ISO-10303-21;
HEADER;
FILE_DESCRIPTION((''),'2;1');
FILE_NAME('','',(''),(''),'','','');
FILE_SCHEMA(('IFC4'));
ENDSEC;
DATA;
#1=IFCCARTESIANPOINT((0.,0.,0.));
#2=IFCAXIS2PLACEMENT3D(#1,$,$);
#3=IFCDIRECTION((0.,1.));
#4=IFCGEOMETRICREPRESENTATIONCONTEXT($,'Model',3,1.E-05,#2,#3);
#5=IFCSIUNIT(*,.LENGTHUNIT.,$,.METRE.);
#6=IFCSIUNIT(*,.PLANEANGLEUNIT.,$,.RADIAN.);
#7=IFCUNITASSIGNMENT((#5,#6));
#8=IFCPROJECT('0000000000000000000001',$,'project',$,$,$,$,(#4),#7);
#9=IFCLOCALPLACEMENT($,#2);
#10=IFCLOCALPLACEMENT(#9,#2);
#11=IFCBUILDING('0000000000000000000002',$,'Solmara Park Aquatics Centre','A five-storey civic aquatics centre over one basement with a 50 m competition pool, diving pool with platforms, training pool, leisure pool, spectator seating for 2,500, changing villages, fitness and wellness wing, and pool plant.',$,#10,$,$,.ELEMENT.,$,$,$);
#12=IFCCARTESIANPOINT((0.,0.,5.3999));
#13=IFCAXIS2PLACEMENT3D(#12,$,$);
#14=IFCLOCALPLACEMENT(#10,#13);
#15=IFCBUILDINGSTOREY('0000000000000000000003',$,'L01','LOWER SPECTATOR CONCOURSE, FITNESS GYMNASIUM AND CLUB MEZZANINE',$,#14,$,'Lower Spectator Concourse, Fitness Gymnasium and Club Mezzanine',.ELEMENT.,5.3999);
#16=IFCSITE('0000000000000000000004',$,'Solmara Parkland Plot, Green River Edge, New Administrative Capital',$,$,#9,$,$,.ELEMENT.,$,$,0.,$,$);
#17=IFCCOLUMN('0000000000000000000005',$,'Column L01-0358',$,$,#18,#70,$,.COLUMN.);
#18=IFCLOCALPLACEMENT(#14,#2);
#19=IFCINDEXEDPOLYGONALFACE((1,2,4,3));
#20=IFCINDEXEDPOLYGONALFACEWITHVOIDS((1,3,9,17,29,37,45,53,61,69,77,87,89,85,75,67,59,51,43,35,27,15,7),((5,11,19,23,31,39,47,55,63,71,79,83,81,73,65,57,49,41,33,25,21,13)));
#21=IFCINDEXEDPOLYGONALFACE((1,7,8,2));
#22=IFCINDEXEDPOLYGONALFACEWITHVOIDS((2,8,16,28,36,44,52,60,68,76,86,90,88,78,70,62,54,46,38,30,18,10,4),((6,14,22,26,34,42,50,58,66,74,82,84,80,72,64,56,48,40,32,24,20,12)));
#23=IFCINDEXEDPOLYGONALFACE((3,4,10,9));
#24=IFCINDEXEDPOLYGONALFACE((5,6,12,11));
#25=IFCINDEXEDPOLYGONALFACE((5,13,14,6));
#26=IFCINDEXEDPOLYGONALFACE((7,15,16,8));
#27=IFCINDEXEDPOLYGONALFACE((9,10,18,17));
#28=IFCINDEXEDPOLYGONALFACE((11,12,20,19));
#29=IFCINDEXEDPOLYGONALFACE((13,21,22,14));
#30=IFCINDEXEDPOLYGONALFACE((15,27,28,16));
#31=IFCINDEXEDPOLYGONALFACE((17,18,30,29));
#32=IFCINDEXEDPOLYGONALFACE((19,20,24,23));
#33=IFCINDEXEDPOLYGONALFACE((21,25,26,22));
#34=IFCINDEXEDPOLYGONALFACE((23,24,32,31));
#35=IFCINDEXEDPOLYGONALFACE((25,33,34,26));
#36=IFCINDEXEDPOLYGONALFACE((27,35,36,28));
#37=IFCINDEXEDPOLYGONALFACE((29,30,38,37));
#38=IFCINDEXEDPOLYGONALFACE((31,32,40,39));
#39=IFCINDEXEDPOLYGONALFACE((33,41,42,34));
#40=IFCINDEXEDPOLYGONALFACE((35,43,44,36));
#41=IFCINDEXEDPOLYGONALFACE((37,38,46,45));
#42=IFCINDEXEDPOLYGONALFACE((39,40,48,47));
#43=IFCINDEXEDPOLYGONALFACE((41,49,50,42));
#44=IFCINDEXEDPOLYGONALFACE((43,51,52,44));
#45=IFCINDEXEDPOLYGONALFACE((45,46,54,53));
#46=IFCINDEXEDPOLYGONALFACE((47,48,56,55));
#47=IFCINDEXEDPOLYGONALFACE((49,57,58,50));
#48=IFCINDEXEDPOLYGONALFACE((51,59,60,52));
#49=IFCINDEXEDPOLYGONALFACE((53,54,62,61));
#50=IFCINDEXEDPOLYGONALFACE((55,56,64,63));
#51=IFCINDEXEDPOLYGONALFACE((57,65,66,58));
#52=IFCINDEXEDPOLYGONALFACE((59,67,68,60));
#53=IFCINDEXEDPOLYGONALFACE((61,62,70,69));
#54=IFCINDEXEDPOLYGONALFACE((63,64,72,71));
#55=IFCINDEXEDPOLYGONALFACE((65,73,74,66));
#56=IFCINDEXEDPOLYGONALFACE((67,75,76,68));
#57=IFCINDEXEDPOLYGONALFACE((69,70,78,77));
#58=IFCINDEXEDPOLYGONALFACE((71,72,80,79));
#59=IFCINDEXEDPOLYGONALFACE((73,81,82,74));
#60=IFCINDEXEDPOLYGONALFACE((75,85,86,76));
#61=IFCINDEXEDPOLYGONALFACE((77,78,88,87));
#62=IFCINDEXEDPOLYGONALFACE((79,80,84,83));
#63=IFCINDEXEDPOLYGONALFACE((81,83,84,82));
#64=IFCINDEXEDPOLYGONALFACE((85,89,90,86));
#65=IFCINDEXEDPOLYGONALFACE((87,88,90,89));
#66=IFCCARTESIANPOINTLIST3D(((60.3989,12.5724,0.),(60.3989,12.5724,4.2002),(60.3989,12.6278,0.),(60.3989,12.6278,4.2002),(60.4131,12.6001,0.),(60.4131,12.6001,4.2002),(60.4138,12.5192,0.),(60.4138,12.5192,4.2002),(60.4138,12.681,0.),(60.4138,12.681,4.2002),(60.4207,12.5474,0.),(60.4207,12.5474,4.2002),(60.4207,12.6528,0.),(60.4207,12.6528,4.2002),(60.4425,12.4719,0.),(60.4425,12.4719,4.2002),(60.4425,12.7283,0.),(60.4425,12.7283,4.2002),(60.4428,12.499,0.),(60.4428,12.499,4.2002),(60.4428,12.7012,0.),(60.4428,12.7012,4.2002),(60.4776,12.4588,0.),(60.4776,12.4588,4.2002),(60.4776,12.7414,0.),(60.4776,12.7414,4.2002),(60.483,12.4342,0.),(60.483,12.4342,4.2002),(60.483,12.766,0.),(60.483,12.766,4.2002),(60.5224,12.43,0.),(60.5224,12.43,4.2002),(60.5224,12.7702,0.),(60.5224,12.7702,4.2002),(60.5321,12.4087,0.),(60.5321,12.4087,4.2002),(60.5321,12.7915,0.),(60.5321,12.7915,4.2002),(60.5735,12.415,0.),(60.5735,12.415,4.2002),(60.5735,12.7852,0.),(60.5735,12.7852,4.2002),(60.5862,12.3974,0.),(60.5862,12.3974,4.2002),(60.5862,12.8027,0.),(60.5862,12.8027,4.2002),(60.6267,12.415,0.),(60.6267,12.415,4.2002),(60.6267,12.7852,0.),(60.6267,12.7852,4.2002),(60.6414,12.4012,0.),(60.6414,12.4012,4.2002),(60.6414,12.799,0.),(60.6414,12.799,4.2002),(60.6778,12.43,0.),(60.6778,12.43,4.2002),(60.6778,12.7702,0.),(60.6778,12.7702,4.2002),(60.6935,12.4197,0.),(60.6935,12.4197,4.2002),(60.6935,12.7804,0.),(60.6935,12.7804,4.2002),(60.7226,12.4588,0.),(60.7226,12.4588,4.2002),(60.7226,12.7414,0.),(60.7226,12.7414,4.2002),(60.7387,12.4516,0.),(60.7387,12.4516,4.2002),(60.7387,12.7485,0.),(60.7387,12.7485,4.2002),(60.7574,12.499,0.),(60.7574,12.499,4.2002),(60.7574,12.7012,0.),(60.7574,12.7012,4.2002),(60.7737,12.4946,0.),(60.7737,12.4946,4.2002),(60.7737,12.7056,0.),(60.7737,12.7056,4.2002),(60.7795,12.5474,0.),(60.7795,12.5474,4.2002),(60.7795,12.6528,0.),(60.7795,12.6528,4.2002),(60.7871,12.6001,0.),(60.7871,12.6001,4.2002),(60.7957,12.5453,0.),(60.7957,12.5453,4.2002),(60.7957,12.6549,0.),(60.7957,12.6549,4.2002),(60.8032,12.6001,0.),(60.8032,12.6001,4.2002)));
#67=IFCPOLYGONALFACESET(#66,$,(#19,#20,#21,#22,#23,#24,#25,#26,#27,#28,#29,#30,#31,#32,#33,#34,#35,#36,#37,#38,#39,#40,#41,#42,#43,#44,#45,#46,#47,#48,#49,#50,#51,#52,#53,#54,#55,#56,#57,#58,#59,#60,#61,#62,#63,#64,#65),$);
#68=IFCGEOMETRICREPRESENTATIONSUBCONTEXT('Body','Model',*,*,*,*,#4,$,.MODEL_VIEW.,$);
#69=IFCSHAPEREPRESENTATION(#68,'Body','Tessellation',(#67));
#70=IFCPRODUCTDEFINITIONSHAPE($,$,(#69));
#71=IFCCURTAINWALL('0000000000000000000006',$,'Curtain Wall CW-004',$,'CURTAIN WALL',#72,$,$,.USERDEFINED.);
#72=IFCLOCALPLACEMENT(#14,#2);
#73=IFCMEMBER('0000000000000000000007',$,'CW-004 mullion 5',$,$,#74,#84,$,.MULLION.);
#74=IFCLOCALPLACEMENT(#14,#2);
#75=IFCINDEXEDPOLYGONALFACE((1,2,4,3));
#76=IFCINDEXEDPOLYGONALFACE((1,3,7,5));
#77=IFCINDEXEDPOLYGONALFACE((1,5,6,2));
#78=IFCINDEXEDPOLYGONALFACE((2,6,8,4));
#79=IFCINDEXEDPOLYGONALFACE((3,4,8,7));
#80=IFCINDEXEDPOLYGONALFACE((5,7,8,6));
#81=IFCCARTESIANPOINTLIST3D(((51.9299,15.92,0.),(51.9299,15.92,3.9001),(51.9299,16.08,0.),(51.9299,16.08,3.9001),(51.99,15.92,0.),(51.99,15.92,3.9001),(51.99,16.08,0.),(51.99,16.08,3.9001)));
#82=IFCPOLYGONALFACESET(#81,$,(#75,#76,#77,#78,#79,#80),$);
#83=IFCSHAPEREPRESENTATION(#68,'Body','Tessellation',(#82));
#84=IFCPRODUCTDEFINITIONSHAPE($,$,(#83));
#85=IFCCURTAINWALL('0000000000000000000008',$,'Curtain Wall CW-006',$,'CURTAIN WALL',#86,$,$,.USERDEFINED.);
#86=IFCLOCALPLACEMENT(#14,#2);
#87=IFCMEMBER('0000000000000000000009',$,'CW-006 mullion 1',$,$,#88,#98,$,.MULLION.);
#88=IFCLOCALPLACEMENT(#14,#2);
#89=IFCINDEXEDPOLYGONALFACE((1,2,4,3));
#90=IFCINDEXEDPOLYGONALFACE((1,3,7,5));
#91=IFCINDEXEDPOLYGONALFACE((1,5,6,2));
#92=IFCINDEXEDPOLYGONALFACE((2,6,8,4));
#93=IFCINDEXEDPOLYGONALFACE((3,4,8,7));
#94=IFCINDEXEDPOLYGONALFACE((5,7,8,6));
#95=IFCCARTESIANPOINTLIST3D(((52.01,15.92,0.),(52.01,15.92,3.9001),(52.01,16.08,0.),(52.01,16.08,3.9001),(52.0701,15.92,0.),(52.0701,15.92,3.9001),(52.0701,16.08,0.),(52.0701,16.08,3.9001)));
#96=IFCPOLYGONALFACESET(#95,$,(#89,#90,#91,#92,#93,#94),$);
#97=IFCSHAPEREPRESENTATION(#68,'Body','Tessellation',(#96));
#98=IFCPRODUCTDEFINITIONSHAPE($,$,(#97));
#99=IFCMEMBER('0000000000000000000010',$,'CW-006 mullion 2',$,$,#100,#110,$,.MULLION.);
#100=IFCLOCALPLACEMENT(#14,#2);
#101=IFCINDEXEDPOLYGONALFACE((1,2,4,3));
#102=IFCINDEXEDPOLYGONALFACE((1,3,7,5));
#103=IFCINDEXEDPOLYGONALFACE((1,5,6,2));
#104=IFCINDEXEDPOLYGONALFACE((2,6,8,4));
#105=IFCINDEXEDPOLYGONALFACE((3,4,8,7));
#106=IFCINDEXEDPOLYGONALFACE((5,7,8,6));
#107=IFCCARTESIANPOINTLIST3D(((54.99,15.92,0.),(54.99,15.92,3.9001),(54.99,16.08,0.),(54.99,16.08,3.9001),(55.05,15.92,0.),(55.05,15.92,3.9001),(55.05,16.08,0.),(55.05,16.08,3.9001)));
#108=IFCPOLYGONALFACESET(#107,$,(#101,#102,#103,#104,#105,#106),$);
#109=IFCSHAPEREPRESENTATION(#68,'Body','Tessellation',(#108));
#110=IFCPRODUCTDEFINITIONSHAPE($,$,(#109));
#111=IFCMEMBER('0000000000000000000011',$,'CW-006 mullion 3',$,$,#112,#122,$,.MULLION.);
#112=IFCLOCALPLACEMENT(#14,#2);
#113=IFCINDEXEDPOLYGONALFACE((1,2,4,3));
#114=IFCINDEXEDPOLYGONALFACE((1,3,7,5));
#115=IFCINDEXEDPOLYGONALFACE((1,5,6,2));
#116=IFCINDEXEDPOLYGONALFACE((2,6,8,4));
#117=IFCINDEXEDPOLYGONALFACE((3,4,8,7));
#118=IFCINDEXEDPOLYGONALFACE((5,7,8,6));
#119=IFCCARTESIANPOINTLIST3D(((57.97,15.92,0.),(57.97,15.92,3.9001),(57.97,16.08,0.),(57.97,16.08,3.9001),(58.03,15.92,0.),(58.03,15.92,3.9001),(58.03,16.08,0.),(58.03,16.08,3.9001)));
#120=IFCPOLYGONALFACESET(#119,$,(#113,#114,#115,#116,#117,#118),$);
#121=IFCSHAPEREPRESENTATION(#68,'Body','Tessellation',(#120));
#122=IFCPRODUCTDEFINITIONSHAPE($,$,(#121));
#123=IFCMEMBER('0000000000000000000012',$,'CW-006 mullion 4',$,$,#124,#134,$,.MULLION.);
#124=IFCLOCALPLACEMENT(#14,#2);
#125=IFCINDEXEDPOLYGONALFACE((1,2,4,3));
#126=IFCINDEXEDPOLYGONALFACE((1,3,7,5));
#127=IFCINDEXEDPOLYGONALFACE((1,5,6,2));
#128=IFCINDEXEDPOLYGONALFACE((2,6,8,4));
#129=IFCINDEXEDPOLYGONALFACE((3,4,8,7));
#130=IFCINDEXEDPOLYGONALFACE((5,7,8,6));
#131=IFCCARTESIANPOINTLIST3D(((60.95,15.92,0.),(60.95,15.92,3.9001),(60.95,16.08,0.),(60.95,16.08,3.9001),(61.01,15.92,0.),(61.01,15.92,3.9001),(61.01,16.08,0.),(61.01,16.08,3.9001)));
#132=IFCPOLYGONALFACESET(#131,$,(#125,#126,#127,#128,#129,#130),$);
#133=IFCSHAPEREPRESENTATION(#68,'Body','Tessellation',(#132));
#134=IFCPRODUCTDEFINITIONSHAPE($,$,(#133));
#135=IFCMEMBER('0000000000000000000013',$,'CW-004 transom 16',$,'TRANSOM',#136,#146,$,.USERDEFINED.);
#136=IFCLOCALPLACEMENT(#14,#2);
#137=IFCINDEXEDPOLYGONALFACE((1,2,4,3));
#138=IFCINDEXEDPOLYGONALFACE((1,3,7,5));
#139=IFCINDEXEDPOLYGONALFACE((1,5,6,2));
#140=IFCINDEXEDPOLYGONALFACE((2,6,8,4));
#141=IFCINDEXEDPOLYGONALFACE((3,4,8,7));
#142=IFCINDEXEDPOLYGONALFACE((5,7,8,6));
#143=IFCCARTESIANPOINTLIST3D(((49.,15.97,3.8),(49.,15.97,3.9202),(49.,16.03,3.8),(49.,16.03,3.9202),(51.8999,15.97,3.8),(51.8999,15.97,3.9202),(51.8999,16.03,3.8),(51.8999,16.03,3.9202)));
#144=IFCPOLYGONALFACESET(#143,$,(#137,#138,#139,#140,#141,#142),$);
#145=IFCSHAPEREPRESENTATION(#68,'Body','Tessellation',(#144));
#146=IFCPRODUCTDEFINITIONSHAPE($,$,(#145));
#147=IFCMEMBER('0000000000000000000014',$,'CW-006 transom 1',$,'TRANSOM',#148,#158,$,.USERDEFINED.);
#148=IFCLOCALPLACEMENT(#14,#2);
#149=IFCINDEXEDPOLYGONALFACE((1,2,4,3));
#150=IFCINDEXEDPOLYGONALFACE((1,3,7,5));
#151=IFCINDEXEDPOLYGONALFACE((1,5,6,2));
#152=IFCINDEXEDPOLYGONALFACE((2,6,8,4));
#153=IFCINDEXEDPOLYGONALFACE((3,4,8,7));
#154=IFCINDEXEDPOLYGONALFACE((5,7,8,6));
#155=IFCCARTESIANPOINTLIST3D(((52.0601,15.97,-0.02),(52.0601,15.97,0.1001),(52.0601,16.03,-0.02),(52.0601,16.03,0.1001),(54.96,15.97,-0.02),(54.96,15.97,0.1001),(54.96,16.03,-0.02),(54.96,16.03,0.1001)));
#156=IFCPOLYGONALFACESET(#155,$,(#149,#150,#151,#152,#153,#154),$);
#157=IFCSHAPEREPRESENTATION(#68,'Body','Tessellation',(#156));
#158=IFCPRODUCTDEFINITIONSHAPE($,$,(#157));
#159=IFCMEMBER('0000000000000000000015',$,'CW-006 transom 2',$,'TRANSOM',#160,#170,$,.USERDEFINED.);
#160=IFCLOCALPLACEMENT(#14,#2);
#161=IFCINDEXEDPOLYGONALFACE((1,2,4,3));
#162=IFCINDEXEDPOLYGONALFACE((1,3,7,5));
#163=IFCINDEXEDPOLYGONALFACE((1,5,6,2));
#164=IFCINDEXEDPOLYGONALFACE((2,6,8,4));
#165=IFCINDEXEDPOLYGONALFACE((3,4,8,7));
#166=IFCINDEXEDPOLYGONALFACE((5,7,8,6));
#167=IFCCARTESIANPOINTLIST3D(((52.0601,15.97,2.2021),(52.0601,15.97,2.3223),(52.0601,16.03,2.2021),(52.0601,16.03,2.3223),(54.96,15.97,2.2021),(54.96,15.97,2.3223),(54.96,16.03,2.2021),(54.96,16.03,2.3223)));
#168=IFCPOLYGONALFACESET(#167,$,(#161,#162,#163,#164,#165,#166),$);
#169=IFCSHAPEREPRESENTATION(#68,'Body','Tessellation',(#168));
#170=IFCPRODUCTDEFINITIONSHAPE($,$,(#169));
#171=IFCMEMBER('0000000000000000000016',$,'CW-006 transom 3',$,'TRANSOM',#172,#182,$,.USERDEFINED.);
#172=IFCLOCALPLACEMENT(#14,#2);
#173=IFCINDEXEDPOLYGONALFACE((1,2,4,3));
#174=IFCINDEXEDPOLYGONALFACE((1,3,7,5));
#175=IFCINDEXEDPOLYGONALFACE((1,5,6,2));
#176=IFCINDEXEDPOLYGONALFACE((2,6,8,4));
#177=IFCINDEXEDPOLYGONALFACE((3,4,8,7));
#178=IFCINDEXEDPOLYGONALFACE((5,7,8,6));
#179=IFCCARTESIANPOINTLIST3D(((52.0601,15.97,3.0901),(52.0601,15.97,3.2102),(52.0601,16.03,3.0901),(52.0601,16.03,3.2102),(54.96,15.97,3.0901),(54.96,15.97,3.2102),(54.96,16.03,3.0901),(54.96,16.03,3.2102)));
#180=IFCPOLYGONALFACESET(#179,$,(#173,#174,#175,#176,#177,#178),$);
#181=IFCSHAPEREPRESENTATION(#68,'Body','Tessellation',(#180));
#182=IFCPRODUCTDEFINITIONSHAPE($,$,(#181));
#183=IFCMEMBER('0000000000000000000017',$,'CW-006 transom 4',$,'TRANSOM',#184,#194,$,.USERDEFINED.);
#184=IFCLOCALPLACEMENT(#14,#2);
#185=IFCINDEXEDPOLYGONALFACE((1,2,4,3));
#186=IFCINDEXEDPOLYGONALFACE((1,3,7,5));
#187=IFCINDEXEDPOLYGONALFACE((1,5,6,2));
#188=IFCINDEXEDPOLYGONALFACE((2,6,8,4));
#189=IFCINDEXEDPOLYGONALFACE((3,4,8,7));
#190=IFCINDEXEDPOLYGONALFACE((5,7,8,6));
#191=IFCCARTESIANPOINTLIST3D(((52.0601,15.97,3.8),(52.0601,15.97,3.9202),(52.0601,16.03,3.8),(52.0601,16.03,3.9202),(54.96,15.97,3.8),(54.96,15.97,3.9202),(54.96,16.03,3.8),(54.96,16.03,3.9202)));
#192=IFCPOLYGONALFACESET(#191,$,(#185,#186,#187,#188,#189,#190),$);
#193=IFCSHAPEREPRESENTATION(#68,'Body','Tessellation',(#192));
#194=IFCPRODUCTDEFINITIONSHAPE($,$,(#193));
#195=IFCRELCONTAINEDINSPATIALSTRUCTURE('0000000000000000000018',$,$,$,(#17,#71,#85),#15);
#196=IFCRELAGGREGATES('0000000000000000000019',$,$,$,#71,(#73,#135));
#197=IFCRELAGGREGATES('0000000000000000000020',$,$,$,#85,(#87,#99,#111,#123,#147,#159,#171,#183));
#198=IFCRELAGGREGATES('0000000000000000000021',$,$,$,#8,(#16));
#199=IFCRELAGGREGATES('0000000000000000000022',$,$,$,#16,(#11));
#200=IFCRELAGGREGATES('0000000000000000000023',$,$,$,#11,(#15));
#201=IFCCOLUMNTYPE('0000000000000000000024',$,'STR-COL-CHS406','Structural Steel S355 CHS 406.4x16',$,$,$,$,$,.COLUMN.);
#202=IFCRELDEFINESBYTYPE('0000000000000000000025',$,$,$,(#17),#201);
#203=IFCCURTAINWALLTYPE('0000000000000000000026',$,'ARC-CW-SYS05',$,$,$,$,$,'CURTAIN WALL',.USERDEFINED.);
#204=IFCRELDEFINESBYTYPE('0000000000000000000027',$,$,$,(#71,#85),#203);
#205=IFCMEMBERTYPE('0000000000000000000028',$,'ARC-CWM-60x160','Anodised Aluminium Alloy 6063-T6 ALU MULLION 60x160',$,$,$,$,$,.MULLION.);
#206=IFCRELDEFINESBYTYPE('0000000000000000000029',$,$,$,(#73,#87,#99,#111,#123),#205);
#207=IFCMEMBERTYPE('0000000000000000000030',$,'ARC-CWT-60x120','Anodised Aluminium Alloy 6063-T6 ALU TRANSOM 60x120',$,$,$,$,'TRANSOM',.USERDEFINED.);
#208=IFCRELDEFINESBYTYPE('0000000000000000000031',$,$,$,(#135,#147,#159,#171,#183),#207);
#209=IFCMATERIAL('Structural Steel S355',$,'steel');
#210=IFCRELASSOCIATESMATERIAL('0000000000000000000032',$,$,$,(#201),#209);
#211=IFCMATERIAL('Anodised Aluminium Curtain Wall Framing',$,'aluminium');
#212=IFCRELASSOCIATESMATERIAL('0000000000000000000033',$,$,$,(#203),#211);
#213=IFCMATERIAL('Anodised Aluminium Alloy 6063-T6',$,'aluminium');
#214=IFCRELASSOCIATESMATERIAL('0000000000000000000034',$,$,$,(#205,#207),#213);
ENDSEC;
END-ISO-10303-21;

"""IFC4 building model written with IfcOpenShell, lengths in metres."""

from ifc_helpers import new_model, si_unit, direction, frame, origin, origin_2d, place, context, subcontext, project, spatial, rectangle, hollow_circle, extrude, material, material_profile, profile_set, type_object, element, aggregate, save


model = new_model("IFC4")

# Units and contexts
model_context = context("Model", 3, precision=1e-05, world=origin(), true_north=direction((0.0, 1.0)))
body_context = subcontext(model_context, "Body", "Model", "MODEL_VIEW")
ifc_project = project(units=[si_unit("LENGTHUNIT", "METRE"), si_unit("PLANEANGLEUNIT", "RADIAN")], contexts=[model_context])

# Site, building, storey
site_placement = place(None, origin())
site = spatial("IfcSite", under=ifc_project, at=site_placement, Name="Solmara Parkland Plot, Green River Edge, New Administrative Capital", CompositionType="ELEMENT", RefElevation=0.0)
building_placement = place(site_placement, origin())
building = spatial("IfcBuilding", under=site, at=building_placement, Name="Solmara Park Aquatics Centre", Description="A five-storey civic aquatics centre over one basement with a 50 m competition pool, diving pool with platforms, training pool, leisure pool, spectator seating for 2,500, changing villages, fitness and wellness wing, and pool plant.", CompositionType="ELEMENT")
storey_placement = place(building_placement, frame((0.0, 0.0, 5.3999)))
storey = spatial("IfcBuildingStorey", under=building, at=storey_placement, Name="L01", Description="LOWER SPECTATOR CONCOURSE, FITNESS GYMNASIUM AND CLUB MEZZANINE", LongName="Lower Spectator Concourse, Fitness Gymnasium and Club Mezzanine", CompositionType="ELEMENT", Elevation=5.3999)

# Column
ifc_material_1 = material(Name="Structural Steel S355", Category="steel")
ifc_material_profile_1 = material_profile(ifc_material_1, hollow_circle(Radius=0.2031, WallThickness=0.0161, at=origin_2d()), Name="CHS 406.4x16")
ifc_profile_set_1 = profile_set([ifc_material_profile_1], Name="Structural Steel S355")
column_type = type_object("IfcColumnType", Name="STR-COL-CHS406", Description="Structural Steel S355 CHS 406.4x16", PredefinedType="COLUMN", material=ifc_profile_set_1)
column_placement = place(storey_placement, frame((60.6001, 12.6001, 0.0), z_axis=(0.0, 0.0, 1.0), x_axis=(1.0, 0.0, 0.0)))
element("IfcColumn", 1, at=column_placement, inside=storey, type_object=column_type, Name="Column L01-0358", PredefinedType="COLUMN", context=body_context, shape_type="SweptSolid", body=[
    extrude(hollow_circle(Radius=0.2031, WallThickness=0.0161, at=origin_2d()), origin(), (0.0, 0.0, 1.0), 4.2002),
])

# Curtain wall, member
ifc_material_2 = material(Name="Anodised Aluminium Curtain Wall Framing", Category="aluminium")
curtain_wall_type = type_object("IfcCurtainWallType", Name="ARC-CW-SYS05", ElementType="CURTAIN WALL", PredefinedType="USERDEFINED", material=ifc_material_2)
curtain_wall_1_placement = place(storey_placement, origin())
curtain_wall_1 = element("IfcCurtainWall", 2, at=curtain_wall_1_placement, inside=storey, type_object=curtain_wall_type, Name="Curtain Wall CW-004", ObjectType="CURTAIN WALL", PredefinedType="USERDEFINED")
ifc_material_3 = material(Name="Anodised Aluminium Alloy 6063-T6", Category="aluminium")
ifc_material_profile_2 = material_profile(ifc_material_3, rectangle(XDim=0.0601, YDim=0.1599, at=origin_2d()), Name="ALU MULLION 60x160")
ifc_profile_set_2 = profile_set([ifc_material_profile_2], Name="Anodised Aluminium Alloy 6063-T6")
member_type_1 = type_object("IfcMemberType", Name="ARC-CWM-60x160", Description="Anodised Aluminium Alloy 6063-T6 ALU MULLION 60x160", PredefinedType="MULLION", material=ifc_profile_set_2)
member_1_placement = place(storey_placement, frame((51.96, 16.0, 0.0), z_axis=(0.0, 0.0, 1.0), x_axis=(1.0, 0.0, 0.0)))
member_1 = element("IfcMember", 3, at=member_1_placement, type_object=member_type_1, Name="CW-004 mullion 5", PredefinedType="MULLION", context=body_context, shape_type="SweptSolid", body=[
    extrude(rectangle(XDim=0.0601, YDim=0.1599, at=origin_2d()), origin(), (0.0, 0.0, 1.0), 3.9001),
])

# Curtain wall, members
curtain_wall_2_placement = place(storey_placement, origin())
curtain_wall_2 = element("IfcCurtainWall", 4, at=curtain_wall_2_placement, inside=storey, type_object=curtain_wall_type, Name="Curtain Wall CW-006", ObjectType="CURTAIN WALL", PredefinedType="USERDEFINED")
member_2_placement = place(storey_placement, frame((52.04, 16.0, 0.0), z_axis=(0.0, 0.0, 1.0), x_axis=(1.0, 0.0, 0.0)))
member_2 = element("IfcMember", 5, at=member_2_placement, type_object=member_type_1, Name="CW-006 mullion 1", PredefinedType="MULLION", context=body_context, shape_type="SweptSolid", body=[
    extrude(rectangle(XDim=0.0601, YDim=0.1599, at=origin_2d()), origin(), (0.0, 0.0, 1.0), 3.9001),
])
member_3_placement = place(storey_placement, frame((55.02, 16.0, 0.0), z_axis=(0.0, 0.0, 1.0), x_axis=(1.0, 0.0, 0.0)))
member_3 = element("IfcMember", 6, at=member_3_placement, type_object=member_type_1, Name="CW-006 mullion 2", PredefinedType="MULLION", context=body_context, shape_type="SweptSolid", body=[
    extrude(rectangle(XDim=0.0601, YDim=0.1599, at=origin_2d()), origin(), (0.0, 0.0, 1.0), 3.9001),
])
member_4_placement = place(storey_placement, frame((58.0, 16.0, 0.0), z_axis=(0.0, 0.0, 1.0), x_axis=(1.0, 0.0, 0.0)))
member_4 = element("IfcMember", 7, at=member_4_placement, type_object=member_type_1, Name="CW-006 mullion 3", PredefinedType="MULLION", context=body_context, shape_type="SweptSolid", body=[
    extrude(rectangle(XDim=0.0601, YDim=0.1599, at=origin_2d()), origin(), (0.0, 0.0, 1.0), 3.9001),
])
member_5_placement = place(storey_placement, frame((60.98, 16.0, 0.0), z_axis=(0.0, 0.0, 1.0), x_axis=(1.0, 0.0, 0.0)))
member_5 = element("IfcMember", 8, at=member_5_placement, type_object=member_type_1, Name="CW-006 mullion 4", PredefinedType="MULLION", context=body_context, shape_type="SweptSolid", body=[
    extrude(rectangle(XDim=0.0601, YDim=0.1599, at=origin_2d()), origin(), (0.0, 0.0, 1.0), 3.9001),
])

# Members
ifc_material_profile_3 = material_profile(ifc_material_3, rectangle(XDim=0.0601, YDim=0.1201, at=origin_2d()), Name="ALU TRANSOM 60x120")
ifc_profile_set_3 = profile_set([ifc_material_profile_3], Name="Anodised Aluminium Alloy 6063-T6")
member_type_2 = type_object("IfcMemberType", Name="ARC-CWT-60x120", Description="Anodised Aluminium Alloy 6063-T6 ALU TRANSOM 60x120", ElementType="TRANSOM", PredefinedType="USERDEFINED", material=ifc_profile_set_3)
member_6_placement = place(storey_placement, frame((49.0, 16.0, 3.8601), z_axis=(1.0, 0.0, 0.0), x_axis=(0.0, 1.0, 0.0)))
member_6 = element("IfcMember", 9, at=member_6_placement, type_object=member_type_2, Name="CW-004 transom 16", ObjectType="TRANSOM", PredefinedType="USERDEFINED", context=body_context, shape_type="SweptSolid", body=[
    extrude(rectangle(XDim=0.0601, YDim=0.1201, at=origin_2d()), origin(), (0.0, 0.0, 1.0), 2.8999),
])
member_7_placement = place(storey_placement, frame((52.0601, 16.0, 0.04), z_axis=(1.0, 0.0, 0.0), x_axis=(0.0, 1.0, 0.0)))
member_7 = element("IfcMember", 10, at=member_7_placement, type_object=member_type_2, Name="CW-006 transom 1", ObjectType="TRANSOM", PredefinedType="USERDEFINED", context=body_context, shape_type="SweptSolid", body=[
    extrude(rectangle(XDim=0.0601, YDim=0.1201, at=origin_2d()), origin(), (0.0, 0.0, 1.0), 2.8999),
])
member_8_placement = place(storey_placement, frame((52.0601, 16.0, 2.2622), z_axis=(1.0, 0.0, 0.0), x_axis=(0.0, 1.0, 0.0)))
member_8 = element("IfcMember", 11, at=member_8_placement, type_object=member_type_2, Name="CW-006 transom 2", ObjectType="TRANSOM", PredefinedType="USERDEFINED", context=body_context, shape_type="SweptSolid", body=[
    extrude(rectangle(XDim=0.0601, YDim=0.1201, at=origin_2d()), origin(), (0.0, 0.0, 1.0), 2.8999),
])
member_9_placement = place(storey_placement, frame((52.0601, 16.0, 3.1501), z_axis=(1.0, 0.0, 0.0), x_axis=(0.0, 1.0, 0.0)))
member_9 = element("IfcMember", 12, at=member_9_placement, type_object=member_type_2, Name="CW-006 transom 3", ObjectType="TRANSOM", PredefinedType="USERDEFINED", context=body_context, shape_type="SweptSolid", body=[
    extrude(rectangle(XDim=0.0601, YDim=0.1201, at=origin_2d()), origin(), (0.0, 0.0, 1.0), 2.8999),
])
member_10_placement = place(storey_placement, frame((52.0601, 16.0, 3.8601), z_axis=(1.0, 0.0, 0.0), x_axis=(0.0, 1.0, 0.0)))
member_10 = element("IfcMember", 13, at=member_10_placement, type_object=member_type_2, Name="CW-006 transom 4", ObjectType="TRANSOM", PredefinedType="USERDEFINED", context=body_context, shape_type="SweptSolid", body=[
    extrude(rectangle(XDim=0.0601, YDim=0.1201, at=origin_2d()), origin(), (0.0, 0.0, 1.0), 2.8999),
])

aggregate(curtain_wall_1, [member_1, member_6])
aggregate(curtain_wall_2, [member_2, member_3, member_4, member_5, member_7, member_8, member_9, member_10])

save(model, "model.ifc")
